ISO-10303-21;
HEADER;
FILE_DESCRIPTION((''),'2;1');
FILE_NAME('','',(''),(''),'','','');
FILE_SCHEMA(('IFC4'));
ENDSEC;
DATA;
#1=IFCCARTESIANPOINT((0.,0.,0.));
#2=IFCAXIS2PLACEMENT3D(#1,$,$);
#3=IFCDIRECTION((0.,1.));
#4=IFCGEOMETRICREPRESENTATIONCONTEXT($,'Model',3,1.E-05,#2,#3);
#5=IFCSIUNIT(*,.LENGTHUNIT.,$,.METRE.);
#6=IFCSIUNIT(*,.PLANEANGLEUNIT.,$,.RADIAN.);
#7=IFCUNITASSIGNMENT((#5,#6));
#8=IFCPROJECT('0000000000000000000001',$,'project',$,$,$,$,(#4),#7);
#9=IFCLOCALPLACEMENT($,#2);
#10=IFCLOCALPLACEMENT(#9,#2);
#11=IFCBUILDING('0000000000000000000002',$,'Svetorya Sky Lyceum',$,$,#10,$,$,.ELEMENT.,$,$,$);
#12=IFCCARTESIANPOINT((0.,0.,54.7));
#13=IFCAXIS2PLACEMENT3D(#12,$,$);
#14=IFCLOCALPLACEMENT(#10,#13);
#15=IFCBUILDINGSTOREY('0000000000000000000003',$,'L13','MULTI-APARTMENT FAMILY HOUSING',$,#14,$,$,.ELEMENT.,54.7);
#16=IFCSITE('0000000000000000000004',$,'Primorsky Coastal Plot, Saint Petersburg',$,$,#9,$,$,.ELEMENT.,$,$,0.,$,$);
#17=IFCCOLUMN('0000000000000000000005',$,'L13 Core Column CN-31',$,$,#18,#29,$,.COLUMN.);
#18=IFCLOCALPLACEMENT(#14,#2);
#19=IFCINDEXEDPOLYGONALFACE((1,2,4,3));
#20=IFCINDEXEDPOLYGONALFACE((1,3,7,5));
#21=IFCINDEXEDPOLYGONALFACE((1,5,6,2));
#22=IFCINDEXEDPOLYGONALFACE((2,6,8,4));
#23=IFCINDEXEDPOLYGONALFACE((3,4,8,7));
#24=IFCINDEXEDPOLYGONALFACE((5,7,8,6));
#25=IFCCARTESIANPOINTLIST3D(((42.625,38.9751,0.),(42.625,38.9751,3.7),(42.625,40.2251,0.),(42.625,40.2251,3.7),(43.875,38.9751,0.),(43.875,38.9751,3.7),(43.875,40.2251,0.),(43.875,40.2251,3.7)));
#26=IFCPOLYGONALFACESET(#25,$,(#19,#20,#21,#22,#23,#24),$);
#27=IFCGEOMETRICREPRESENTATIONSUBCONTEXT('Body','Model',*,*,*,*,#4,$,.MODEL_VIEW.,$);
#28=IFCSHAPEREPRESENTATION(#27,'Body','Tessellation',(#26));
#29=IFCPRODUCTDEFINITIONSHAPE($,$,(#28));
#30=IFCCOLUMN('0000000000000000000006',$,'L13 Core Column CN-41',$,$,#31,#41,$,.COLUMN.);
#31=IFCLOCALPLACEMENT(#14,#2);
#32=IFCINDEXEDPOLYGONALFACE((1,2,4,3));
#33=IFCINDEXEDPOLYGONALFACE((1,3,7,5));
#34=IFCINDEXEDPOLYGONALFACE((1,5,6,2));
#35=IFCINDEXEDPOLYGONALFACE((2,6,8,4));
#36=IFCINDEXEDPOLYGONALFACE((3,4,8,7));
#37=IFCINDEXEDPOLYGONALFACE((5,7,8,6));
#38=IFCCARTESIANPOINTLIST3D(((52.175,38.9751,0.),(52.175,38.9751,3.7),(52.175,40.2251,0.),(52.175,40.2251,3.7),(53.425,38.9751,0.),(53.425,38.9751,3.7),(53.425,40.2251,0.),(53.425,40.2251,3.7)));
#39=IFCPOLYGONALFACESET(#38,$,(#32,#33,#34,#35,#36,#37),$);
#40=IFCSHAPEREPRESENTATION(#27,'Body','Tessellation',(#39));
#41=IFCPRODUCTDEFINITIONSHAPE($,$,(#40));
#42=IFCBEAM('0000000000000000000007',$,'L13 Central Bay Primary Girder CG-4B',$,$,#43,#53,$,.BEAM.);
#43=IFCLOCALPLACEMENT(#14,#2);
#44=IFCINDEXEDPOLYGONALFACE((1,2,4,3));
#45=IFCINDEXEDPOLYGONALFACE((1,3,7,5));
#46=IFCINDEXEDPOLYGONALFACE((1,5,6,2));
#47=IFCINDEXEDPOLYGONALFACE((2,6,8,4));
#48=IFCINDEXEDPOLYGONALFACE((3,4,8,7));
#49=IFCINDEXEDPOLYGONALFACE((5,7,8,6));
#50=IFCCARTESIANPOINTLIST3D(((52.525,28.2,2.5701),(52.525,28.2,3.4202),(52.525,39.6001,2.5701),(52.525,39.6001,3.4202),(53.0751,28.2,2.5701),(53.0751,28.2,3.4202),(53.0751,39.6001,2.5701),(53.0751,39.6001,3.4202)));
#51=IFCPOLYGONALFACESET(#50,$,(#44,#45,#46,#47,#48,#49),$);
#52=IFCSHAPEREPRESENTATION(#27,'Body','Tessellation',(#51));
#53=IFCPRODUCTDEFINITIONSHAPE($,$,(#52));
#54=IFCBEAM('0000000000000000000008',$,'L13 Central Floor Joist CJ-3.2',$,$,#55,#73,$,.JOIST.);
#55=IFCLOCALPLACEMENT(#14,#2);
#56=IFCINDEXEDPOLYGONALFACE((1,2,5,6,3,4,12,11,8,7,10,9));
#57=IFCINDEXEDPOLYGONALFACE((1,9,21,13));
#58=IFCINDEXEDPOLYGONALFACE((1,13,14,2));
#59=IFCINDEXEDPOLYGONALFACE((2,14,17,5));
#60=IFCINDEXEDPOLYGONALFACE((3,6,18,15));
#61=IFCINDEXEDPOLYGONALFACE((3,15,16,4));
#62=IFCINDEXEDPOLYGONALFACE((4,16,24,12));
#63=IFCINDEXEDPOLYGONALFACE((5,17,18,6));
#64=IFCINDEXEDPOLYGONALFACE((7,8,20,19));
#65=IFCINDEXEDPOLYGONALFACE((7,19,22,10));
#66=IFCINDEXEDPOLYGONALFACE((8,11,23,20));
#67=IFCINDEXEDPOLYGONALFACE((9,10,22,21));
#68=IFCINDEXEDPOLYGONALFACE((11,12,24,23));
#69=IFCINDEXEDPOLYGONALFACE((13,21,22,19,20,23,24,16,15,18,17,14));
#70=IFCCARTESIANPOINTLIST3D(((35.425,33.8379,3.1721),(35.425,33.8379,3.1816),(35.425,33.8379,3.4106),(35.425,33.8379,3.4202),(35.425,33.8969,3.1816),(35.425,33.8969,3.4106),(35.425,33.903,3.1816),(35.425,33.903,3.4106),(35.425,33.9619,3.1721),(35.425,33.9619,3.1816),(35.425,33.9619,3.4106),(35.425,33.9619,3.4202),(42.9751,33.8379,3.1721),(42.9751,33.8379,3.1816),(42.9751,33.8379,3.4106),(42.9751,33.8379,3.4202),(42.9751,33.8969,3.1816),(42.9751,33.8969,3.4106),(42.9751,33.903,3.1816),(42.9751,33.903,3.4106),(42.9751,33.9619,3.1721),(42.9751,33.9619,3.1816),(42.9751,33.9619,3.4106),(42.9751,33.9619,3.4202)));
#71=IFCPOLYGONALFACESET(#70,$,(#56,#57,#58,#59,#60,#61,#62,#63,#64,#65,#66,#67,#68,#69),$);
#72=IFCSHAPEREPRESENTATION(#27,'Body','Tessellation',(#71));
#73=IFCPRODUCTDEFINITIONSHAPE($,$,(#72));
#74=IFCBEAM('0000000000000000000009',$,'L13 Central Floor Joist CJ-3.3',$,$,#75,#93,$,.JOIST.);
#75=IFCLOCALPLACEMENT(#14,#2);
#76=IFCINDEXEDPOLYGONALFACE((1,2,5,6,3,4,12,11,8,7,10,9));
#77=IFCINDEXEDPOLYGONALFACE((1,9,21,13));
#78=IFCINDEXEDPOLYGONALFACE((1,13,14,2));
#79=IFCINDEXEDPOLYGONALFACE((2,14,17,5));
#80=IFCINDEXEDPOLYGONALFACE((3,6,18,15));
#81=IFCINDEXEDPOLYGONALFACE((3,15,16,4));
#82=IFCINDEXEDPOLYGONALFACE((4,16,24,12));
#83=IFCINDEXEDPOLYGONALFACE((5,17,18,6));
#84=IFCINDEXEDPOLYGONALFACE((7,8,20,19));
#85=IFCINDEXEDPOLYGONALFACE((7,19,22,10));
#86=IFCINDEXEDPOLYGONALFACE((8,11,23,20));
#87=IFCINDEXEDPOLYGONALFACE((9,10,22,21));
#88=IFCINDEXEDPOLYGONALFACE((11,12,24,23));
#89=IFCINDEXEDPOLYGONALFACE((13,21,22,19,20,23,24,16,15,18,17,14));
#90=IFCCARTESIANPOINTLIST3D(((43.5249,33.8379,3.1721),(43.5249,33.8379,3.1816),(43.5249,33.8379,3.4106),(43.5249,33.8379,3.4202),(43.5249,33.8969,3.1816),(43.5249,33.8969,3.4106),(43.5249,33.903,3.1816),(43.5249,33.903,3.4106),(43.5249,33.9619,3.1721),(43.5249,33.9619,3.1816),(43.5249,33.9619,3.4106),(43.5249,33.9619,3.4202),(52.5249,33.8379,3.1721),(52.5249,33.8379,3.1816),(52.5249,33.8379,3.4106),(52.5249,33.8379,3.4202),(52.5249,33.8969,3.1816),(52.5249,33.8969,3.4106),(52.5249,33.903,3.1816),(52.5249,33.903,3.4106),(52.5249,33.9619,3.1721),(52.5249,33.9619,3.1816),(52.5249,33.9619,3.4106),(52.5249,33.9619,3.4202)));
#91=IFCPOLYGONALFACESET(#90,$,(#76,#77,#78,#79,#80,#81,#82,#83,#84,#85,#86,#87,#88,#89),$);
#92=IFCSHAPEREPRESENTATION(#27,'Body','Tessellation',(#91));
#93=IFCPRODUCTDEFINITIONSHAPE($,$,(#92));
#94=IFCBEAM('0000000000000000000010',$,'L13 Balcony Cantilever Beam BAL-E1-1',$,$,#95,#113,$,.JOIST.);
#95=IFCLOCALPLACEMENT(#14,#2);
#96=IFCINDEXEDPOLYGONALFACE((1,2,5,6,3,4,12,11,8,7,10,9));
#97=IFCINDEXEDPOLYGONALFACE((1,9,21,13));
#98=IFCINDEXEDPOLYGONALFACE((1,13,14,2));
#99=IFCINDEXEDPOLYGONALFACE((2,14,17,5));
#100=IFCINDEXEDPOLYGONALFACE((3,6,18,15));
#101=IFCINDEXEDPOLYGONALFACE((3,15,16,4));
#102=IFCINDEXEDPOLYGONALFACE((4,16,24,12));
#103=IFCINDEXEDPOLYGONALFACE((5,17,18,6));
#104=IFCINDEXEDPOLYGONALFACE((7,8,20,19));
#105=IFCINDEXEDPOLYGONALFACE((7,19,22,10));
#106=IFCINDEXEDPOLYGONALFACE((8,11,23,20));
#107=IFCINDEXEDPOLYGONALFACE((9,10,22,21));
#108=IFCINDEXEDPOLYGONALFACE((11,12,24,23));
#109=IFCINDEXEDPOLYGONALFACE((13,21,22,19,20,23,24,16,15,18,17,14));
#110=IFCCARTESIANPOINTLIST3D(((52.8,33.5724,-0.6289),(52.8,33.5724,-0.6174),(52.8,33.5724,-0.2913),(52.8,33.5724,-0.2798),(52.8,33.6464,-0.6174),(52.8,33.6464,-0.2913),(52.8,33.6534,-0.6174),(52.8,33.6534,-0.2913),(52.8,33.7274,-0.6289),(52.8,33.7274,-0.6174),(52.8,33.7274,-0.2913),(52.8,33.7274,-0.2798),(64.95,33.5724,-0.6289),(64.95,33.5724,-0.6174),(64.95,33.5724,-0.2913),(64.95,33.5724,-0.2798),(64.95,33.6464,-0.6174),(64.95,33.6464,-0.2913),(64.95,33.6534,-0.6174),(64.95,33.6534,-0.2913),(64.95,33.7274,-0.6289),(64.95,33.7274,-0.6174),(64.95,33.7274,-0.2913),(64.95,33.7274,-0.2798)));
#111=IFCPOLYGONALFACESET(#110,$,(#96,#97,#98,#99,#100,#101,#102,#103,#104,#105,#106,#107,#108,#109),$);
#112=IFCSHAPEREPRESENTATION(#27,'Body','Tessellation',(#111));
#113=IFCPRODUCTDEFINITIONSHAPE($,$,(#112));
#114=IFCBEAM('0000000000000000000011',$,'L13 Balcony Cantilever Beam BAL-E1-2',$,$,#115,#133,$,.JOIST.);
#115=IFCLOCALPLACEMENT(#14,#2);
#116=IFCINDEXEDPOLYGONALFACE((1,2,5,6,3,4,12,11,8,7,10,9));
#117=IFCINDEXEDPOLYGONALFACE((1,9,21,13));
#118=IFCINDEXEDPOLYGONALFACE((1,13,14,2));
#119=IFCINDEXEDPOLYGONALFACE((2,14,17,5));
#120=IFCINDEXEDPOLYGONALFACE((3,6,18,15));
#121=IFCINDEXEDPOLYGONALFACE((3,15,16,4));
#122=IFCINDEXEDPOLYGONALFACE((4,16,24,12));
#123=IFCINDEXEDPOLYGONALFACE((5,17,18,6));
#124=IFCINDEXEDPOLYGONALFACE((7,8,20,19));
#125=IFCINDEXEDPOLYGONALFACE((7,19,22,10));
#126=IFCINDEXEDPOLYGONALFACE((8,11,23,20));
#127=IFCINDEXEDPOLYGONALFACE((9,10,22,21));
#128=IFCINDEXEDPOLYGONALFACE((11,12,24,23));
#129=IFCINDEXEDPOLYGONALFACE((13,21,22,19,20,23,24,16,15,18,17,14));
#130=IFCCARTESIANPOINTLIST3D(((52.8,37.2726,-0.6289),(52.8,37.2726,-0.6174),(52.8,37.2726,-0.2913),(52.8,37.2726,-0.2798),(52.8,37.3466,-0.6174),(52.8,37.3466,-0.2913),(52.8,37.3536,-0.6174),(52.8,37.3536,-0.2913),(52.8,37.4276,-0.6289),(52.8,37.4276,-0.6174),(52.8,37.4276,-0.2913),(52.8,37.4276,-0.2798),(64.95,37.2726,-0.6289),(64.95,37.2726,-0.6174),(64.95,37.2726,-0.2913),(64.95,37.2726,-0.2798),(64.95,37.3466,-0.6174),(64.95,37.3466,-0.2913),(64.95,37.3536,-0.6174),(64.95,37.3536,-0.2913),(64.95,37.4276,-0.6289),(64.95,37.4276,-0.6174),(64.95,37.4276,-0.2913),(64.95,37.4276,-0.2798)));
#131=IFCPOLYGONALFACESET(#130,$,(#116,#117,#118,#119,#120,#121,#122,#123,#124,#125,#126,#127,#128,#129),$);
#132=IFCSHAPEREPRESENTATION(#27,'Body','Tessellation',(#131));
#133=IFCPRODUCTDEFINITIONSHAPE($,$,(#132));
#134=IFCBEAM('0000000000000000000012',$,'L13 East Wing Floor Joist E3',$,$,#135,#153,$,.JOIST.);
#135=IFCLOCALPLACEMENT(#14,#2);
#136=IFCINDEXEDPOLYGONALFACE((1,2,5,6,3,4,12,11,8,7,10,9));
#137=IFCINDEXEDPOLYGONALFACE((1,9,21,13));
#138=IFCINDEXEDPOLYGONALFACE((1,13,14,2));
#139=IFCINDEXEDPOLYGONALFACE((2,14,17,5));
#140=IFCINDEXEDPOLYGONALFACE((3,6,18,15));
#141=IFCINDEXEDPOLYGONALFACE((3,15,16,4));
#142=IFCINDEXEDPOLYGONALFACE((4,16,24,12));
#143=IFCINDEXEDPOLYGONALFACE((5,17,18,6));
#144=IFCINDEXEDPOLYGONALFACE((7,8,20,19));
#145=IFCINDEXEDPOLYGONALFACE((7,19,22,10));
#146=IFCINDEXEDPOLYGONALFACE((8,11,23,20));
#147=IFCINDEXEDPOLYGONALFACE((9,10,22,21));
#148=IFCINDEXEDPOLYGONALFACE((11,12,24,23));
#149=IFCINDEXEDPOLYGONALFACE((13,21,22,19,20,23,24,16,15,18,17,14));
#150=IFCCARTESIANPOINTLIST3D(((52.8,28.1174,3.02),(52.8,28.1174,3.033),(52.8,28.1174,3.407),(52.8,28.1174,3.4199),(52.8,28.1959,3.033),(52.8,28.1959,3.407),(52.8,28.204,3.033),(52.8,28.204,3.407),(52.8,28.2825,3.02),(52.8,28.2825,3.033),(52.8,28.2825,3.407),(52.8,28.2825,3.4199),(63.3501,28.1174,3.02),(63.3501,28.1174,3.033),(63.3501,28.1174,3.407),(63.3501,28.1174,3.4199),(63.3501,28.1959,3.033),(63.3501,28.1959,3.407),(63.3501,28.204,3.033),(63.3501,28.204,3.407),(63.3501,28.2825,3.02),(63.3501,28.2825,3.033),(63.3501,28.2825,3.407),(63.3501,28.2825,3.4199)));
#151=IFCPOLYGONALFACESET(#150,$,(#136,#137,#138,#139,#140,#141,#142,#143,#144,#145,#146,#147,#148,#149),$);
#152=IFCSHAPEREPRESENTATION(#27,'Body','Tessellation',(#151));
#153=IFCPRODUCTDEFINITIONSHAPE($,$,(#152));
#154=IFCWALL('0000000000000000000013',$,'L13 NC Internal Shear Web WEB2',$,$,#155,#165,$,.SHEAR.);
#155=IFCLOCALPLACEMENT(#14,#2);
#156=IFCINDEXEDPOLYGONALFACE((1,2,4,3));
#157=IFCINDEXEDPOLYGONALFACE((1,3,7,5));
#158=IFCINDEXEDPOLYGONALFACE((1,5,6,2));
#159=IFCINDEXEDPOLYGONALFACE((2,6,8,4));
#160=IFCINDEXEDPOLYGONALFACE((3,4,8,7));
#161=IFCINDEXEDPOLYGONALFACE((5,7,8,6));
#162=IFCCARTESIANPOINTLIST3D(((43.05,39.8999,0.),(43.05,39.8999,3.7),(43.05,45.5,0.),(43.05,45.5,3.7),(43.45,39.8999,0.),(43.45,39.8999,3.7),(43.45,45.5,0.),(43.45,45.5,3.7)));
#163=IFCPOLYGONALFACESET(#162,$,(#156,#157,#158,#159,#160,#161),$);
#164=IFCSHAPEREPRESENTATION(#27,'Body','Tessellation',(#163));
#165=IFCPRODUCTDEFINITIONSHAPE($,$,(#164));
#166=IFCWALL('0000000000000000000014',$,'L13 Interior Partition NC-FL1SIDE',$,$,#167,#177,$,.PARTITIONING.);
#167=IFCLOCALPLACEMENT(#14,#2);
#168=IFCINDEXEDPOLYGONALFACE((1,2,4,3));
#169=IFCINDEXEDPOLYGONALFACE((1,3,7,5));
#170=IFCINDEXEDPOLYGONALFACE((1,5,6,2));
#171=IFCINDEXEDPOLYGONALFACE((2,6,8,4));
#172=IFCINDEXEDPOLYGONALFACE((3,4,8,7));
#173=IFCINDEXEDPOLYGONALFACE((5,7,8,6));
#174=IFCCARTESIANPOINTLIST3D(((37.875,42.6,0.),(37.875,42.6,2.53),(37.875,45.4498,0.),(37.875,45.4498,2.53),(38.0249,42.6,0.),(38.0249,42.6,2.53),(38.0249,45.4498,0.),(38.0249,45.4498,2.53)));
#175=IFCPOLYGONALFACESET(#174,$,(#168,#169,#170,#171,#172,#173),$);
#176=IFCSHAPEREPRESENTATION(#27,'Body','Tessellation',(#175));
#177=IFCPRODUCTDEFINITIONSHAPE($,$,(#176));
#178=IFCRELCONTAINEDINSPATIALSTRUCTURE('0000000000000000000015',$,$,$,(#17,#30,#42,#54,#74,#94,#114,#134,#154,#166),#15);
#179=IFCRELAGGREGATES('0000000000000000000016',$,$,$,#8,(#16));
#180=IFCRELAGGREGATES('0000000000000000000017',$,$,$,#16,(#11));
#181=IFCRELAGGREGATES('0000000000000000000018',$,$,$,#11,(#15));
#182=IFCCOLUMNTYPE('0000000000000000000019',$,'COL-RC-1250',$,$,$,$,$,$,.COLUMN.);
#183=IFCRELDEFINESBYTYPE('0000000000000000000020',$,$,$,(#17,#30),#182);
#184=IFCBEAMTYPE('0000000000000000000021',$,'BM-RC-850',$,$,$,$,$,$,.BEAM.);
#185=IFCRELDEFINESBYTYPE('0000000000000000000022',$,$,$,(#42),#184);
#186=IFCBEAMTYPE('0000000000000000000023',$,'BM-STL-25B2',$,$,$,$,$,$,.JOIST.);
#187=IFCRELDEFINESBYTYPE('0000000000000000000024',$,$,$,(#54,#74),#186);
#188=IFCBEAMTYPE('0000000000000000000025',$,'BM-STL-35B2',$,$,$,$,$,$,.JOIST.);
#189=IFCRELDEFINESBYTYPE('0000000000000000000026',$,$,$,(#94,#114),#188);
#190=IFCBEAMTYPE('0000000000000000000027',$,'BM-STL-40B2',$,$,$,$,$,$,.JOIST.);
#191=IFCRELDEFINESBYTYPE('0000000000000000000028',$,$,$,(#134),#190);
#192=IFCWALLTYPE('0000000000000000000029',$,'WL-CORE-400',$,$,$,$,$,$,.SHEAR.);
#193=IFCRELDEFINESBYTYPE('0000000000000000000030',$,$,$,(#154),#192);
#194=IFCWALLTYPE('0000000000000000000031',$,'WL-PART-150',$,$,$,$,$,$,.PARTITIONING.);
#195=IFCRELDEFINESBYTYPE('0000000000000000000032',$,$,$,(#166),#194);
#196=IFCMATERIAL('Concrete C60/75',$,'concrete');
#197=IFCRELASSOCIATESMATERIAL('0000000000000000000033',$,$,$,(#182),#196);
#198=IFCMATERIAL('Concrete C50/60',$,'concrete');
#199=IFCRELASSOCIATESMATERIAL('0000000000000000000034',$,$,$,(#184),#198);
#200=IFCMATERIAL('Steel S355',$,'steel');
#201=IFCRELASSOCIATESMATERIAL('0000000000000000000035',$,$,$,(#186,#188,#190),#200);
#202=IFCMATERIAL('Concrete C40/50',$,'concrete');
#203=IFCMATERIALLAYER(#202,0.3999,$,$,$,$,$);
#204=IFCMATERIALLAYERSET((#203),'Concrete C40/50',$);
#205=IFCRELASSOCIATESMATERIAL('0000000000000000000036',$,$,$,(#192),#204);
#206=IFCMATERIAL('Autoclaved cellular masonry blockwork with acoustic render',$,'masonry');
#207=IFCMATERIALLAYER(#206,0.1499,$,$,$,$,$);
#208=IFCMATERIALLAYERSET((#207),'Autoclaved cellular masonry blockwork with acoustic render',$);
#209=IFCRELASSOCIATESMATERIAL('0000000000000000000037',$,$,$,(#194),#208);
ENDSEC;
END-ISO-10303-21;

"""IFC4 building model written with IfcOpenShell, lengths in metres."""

from ifc_helpers import new_model, si_unit, direction, frame, frame_2d, origin, origin_2d, place, context, subcontext, project, spatial, rectangle, i_section, extrude, material, layer, layer_set, material_profile, profile_set, type_object, element, save


model = new_model("IFC4")

# Units and contexts
model_context = context("Model", 3, precision=1e-05, world=origin(), true_north=direction((0.0, 1.0)))
body_context = subcontext(model_context, "Body", "Model", "MODEL_VIEW")
ifc_project = project(units=[si_unit("LENGTHUNIT", "METRE"), si_unit("PLANEANGLEUNIT", "RADIAN")], contexts=[model_context])

# Site, building, storey
site_placement = place(None, origin())
site = spatial("IfcSite", under=ifc_project, at=site_placement, Name="Primorsky Coastal Plot, Saint Petersburg", CompositionType="ELEMENT", RefElevation=0.0)
building_placement = place(site_placement, origin())
building = spatial("IfcBuilding", under=site, at=building_placement, Name="Svetorya Sky Lyceum", CompositionType="ELEMENT")
storey_placement = place(building_placement, frame((0.0, 0.0, 54.7)))
storey = spatial("IfcBuildingStorey", under=building, at=storey_placement, Name="L13", Description="MULTI-APARTMENT FAMILY HOUSING", CompositionType="ELEMENT", Elevation=54.7)

# Columns
ifc_material_1 = material(Name="Concrete C60/75", Category="concrete")
ifc_material_profile_1 = material_profile(ifc_material_1, rectangle(XDim=1.25, YDim=1.25, at=origin_2d()), Name="RC COL 1250x1250")
ifc_profile_set_1 = profile_set([ifc_material_profile_1], Name="Concrete C60/75")
column_type = type_object("IfcColumnType", Name="COL-RC-1250", PredefinedType="COLUMN", material=ifc_profile_set_1)
for number, where, z_axis, x_axis, name in (
    (1, (43.25, 39.6001, 0.0), (0.0, 0.0, 1.0), (1.0, 0.0, 0.0), "L13 Core Column CN-31"),
    (2, (52.8, 39.6001, 0.0), (0.0, 0.0, 1.0), (1.0, 0.0, 0.0), "L13 Core Column CN-41"),
):
    element("IfcColumn", number, at=place(storey_placement, frame(where, z_axis=z_axis, x_axis=x_axis)), inside=storey, type_object=column_type, Name=name, PredefinedType="COLUMN", context=body_context, shape_type="SweptSolid", body=[
        extrude(rectangle(XDim=1.25, YDim=1.25, at=origin_2d()), origin(), (0.0, 0.0, 1.0), 3.7),
    ])

# Beams
ifc_material_2 = material(Name="Concrete C50/60", Category="concrete")
ifc_material_profile_2 = material_profile(ifc_material_2, rectangle(XDim=0.55, YDim=0.8501, at=origin_2d()), Name="RC BEAM 550x850")
ifc_profile_set_2 = profile_set([ifc_material_profile_2], Name="Concrete C50/60")
beam_type_1 = type_object("IfcBeamType", Name="BM-RC-850", PredefinedType="BEAM", material=ifc_profile_set_2)
beam_1_placement = place(storey_placement, frame((52.8, 28.2, 2.9951), z_axis=(0.0, 1.0, 0.0), x_axis=(-1.0, 0.0, 0.0)))
element("IfcBeam", 3, at=beam_1_placement, inside=storey, type_object=beam_type_1, Name="L13 Central Bay Primary Girder CG-4B", PredefinedType="BEAM", context=body_context, shape_type="SweptSolid", body=[
    extrude(rectangle(XDim=0.55, YDim=0.8501, at=origin_2d()), origin(), (0.0, 0.0, 1.0), 11.4001),
])
ifc_material_3 = material(Name="Steel S355", Category="steel")
ifc_material_profile_3 = material_profile(ifc_material_3, i_section(OverallWidth=0.124, OverallDepth=0.248, WebThickness=0.0061, FlangeThickness=0.0095, at=origin_2d()), Name="GOST 25B2")
ifc_profile_set_3 = profile_set([ifc_material_profile_3], Name="Steel S355")
beam_type_2 = type_object("IfcBeamType", Name="BM-STL-25B2", PredefinedType="JOIST", material=ifc_profile_set_3)
beam_2_placement = place(storey_placement, frame((35.425, 33.8999, 3.2961), z_axis=(1.0, 0.0, 0.0), x_axis=(0.0, 1.0, 0.0)))
element("IfcBeam", 4, at=beam_2_placement, inside=storey, type_object=beam_type_2, Name="L13 Central Floor Joist CJ-3.2", PredefinedType="JOIST", context=body_context, shape_type="SweptSolid", body=[
    extrude(i_section(OverallWidth=0.124, OverallDepth=0.248, WebThickness=0.0061, FlangeThickness=0.0095, at=origin_2d()), origin(), (0.0, 0.0, 1.0), 7.55),
])
beam_3_placement = place(storey_placement, frame((43.5249, 33.8999, 3.2961), z_axis=(1.0, 0.0, 0.0), x_axis=(0.0, 1.0, 0.0)))
element("IfcBeam", 5, at=beam_3_placement, inside=storey, type_object=beam_type_2, Name="L13 Central Floor Joist CJ-3.3", PredefinedType="JOIST", context=body_context, shape_type="SweptSolid", body=[
    extrude(i_section(OverallWidth=0.124, OverallDepth=0.248, WebThickness=0.0061, FlangeThickness=0.0095, at=origin_2d()), origin(), (0.0, 0.0, 1.0), 9.0),
])
ifc_material_profile_4 = material_profile(ifc_material_3, i_section(OverallWidth=0.155, OverallDepth=0.3491, WebThickness=0.0071, FlangeThickness=0.0115, at=origin_2d()), Name="GOST 35B2")
ifc_profile_set_4 = profile_set([ifc_material_profile_4], Name="Steel S355")
beam_type_3 = type_object("IfcBeamType", Name="BM-STL-35B2", PredefinedType="JOIST", material=ifc_profile_set_4)
for number, where, z_axis, x_axis, name in (
    (6, (52.8, 33.6499, -0.4543), (1.0, 0.0, 0.0), (0.0, 1.0, 0.0), "L13 Balcony Cantilever Beam BAL-E1-1"),
    (7, (52.8, 37.3501, -0.4543), (1.0, 0.0, 0.0), (0.0, 1.0, 0.0), "L13 Balcony Cantilever Beam BAL-E1-2"),
):
    element("IfcBeam", number, at=place(storey_placement, frame(where, z_axis=z_axis, x_axis=x_axis)), inside=storey, type_object=beam_type_3, Name=name, PredefinedType="JOIST", context=body_context, shape_type="SweptSolid", body=[
        extrude(i_section(OverallWidth=0.155, OverallDepth=0.3491, WebThickness=0.0071, FlangeThickness=0.0115, at=origin_2d()), origin(), (0.0, 0.0, 1.0), 12.1499),
    ])
ifc_material_profile_5 = material_profile(ifc_material_3, i_section(OverallWidth=0.165, OverallDepth=0.3999, WebThickness=0.0081, FlangeThickness=0.0129, at=origin_2d()), Name="GOST 40B2")
ifc_profile_set_5 = profile_set([ifc_material_profile_5], Name="Steel S355")
beam_type_4 = type_object("IfcBeamType", Name="BM-STL-40B2", PredefinedType="JOIST", material=ifc_profile_set_5)
beam_4_placement = place(storey_placement, frame((52.8, 28.2, 3.22), z_axis=(1.0, 0.0, 0.0), x_axis=(0.0, 1.0, 0.0)))
element("IfcBeam", 8, at=beam_4_placement, inside=storey, type_object=beam_type_4, Name="L13 East Wing Floor Joist E3", PredefinedType="JOIST", context=body_context, shape_type="SweptSolid", body=[
    extrude(i_section(OverallWidth=0.165, OverallDepth=0.3999, WebThickness=0.0081, FlangeThickness=0.0129, at=origin_2d()), origin(), (0.0, 0.0, 1.0), 10.55),
])

# Wall
ifc_material_4 = material(Name="Concrete C40/50", Category="concrete")
ifc_layer_1 = layer(ifc_material_4, 0.3999)
ifc_layer_set_1 = layer_set([ifc_layer_1], Name="Concrete C40/50")
wall_type_1 = type_object("IfcWallType", Name="WL-CORE-400", PredefinedType="SHEAR", material=ifc_layer_set_1)
wall_1_placement = place(storey_placement, frame((43.25, 39.8999, 0.0), z_axis=(0.0, 0.0, 1.0), x_axis=(0.0, 1.0, 0.0)))
element("IfcWall", 9, at=wall_1_placement, inside=storey, type_object=wall_type_1, Name="L13 NC Internal Shear Web WEB2", PredefinedType="SHEAR", context=body_context, shape_type="SweptSolid", body=[
    extrude(rectangle(XDim=5.6001, YDim=0.3999, at=frame_2d((2.8, 0.0))), origin(), (0.0, 0.0, 1.0), 3.7),
])

# Wall
ifc_material_5 = material(Name="Autoclaved cellular masonry blockwork with acoustic render", Category="masonry")
ifc_layer_2 = layer(ifc_material_5, 0.1499)
ifc_layer_set_2 = layer_set([ifc_layer_2], Name="Autoclaved cellular masonry blockwork with acoustic render")
wall_type_2 = type_object("IfcWallType", Name="WL-PART-150", PredefinedType="PARTITIONING", material=ifc_layer_set_2)
wall_2_placement = place(storey_placement, frame((37.95, 42.6001, 0.0), z_axis=(0.0, 0.0, 1.0), x_axis=(0.0, 1.0, 0.0)))
element("IfcWall", 10, at=wall_2_placement, inside=storey, type_object=wall_type_2, Name="L13 Interior Partition NC-FL1SIDE", PredefinedType="PARTITIONING", context=body_context, shape_type="SweptSolid", body=[
    extrude(rectangle(XDim=2.8499, YDim=0.1499, at=frame_2d((1.4248, 0.0))), origin(), (0.0, 0.0, 1.0), 2.53),
])

save(model, "model.ifc")
